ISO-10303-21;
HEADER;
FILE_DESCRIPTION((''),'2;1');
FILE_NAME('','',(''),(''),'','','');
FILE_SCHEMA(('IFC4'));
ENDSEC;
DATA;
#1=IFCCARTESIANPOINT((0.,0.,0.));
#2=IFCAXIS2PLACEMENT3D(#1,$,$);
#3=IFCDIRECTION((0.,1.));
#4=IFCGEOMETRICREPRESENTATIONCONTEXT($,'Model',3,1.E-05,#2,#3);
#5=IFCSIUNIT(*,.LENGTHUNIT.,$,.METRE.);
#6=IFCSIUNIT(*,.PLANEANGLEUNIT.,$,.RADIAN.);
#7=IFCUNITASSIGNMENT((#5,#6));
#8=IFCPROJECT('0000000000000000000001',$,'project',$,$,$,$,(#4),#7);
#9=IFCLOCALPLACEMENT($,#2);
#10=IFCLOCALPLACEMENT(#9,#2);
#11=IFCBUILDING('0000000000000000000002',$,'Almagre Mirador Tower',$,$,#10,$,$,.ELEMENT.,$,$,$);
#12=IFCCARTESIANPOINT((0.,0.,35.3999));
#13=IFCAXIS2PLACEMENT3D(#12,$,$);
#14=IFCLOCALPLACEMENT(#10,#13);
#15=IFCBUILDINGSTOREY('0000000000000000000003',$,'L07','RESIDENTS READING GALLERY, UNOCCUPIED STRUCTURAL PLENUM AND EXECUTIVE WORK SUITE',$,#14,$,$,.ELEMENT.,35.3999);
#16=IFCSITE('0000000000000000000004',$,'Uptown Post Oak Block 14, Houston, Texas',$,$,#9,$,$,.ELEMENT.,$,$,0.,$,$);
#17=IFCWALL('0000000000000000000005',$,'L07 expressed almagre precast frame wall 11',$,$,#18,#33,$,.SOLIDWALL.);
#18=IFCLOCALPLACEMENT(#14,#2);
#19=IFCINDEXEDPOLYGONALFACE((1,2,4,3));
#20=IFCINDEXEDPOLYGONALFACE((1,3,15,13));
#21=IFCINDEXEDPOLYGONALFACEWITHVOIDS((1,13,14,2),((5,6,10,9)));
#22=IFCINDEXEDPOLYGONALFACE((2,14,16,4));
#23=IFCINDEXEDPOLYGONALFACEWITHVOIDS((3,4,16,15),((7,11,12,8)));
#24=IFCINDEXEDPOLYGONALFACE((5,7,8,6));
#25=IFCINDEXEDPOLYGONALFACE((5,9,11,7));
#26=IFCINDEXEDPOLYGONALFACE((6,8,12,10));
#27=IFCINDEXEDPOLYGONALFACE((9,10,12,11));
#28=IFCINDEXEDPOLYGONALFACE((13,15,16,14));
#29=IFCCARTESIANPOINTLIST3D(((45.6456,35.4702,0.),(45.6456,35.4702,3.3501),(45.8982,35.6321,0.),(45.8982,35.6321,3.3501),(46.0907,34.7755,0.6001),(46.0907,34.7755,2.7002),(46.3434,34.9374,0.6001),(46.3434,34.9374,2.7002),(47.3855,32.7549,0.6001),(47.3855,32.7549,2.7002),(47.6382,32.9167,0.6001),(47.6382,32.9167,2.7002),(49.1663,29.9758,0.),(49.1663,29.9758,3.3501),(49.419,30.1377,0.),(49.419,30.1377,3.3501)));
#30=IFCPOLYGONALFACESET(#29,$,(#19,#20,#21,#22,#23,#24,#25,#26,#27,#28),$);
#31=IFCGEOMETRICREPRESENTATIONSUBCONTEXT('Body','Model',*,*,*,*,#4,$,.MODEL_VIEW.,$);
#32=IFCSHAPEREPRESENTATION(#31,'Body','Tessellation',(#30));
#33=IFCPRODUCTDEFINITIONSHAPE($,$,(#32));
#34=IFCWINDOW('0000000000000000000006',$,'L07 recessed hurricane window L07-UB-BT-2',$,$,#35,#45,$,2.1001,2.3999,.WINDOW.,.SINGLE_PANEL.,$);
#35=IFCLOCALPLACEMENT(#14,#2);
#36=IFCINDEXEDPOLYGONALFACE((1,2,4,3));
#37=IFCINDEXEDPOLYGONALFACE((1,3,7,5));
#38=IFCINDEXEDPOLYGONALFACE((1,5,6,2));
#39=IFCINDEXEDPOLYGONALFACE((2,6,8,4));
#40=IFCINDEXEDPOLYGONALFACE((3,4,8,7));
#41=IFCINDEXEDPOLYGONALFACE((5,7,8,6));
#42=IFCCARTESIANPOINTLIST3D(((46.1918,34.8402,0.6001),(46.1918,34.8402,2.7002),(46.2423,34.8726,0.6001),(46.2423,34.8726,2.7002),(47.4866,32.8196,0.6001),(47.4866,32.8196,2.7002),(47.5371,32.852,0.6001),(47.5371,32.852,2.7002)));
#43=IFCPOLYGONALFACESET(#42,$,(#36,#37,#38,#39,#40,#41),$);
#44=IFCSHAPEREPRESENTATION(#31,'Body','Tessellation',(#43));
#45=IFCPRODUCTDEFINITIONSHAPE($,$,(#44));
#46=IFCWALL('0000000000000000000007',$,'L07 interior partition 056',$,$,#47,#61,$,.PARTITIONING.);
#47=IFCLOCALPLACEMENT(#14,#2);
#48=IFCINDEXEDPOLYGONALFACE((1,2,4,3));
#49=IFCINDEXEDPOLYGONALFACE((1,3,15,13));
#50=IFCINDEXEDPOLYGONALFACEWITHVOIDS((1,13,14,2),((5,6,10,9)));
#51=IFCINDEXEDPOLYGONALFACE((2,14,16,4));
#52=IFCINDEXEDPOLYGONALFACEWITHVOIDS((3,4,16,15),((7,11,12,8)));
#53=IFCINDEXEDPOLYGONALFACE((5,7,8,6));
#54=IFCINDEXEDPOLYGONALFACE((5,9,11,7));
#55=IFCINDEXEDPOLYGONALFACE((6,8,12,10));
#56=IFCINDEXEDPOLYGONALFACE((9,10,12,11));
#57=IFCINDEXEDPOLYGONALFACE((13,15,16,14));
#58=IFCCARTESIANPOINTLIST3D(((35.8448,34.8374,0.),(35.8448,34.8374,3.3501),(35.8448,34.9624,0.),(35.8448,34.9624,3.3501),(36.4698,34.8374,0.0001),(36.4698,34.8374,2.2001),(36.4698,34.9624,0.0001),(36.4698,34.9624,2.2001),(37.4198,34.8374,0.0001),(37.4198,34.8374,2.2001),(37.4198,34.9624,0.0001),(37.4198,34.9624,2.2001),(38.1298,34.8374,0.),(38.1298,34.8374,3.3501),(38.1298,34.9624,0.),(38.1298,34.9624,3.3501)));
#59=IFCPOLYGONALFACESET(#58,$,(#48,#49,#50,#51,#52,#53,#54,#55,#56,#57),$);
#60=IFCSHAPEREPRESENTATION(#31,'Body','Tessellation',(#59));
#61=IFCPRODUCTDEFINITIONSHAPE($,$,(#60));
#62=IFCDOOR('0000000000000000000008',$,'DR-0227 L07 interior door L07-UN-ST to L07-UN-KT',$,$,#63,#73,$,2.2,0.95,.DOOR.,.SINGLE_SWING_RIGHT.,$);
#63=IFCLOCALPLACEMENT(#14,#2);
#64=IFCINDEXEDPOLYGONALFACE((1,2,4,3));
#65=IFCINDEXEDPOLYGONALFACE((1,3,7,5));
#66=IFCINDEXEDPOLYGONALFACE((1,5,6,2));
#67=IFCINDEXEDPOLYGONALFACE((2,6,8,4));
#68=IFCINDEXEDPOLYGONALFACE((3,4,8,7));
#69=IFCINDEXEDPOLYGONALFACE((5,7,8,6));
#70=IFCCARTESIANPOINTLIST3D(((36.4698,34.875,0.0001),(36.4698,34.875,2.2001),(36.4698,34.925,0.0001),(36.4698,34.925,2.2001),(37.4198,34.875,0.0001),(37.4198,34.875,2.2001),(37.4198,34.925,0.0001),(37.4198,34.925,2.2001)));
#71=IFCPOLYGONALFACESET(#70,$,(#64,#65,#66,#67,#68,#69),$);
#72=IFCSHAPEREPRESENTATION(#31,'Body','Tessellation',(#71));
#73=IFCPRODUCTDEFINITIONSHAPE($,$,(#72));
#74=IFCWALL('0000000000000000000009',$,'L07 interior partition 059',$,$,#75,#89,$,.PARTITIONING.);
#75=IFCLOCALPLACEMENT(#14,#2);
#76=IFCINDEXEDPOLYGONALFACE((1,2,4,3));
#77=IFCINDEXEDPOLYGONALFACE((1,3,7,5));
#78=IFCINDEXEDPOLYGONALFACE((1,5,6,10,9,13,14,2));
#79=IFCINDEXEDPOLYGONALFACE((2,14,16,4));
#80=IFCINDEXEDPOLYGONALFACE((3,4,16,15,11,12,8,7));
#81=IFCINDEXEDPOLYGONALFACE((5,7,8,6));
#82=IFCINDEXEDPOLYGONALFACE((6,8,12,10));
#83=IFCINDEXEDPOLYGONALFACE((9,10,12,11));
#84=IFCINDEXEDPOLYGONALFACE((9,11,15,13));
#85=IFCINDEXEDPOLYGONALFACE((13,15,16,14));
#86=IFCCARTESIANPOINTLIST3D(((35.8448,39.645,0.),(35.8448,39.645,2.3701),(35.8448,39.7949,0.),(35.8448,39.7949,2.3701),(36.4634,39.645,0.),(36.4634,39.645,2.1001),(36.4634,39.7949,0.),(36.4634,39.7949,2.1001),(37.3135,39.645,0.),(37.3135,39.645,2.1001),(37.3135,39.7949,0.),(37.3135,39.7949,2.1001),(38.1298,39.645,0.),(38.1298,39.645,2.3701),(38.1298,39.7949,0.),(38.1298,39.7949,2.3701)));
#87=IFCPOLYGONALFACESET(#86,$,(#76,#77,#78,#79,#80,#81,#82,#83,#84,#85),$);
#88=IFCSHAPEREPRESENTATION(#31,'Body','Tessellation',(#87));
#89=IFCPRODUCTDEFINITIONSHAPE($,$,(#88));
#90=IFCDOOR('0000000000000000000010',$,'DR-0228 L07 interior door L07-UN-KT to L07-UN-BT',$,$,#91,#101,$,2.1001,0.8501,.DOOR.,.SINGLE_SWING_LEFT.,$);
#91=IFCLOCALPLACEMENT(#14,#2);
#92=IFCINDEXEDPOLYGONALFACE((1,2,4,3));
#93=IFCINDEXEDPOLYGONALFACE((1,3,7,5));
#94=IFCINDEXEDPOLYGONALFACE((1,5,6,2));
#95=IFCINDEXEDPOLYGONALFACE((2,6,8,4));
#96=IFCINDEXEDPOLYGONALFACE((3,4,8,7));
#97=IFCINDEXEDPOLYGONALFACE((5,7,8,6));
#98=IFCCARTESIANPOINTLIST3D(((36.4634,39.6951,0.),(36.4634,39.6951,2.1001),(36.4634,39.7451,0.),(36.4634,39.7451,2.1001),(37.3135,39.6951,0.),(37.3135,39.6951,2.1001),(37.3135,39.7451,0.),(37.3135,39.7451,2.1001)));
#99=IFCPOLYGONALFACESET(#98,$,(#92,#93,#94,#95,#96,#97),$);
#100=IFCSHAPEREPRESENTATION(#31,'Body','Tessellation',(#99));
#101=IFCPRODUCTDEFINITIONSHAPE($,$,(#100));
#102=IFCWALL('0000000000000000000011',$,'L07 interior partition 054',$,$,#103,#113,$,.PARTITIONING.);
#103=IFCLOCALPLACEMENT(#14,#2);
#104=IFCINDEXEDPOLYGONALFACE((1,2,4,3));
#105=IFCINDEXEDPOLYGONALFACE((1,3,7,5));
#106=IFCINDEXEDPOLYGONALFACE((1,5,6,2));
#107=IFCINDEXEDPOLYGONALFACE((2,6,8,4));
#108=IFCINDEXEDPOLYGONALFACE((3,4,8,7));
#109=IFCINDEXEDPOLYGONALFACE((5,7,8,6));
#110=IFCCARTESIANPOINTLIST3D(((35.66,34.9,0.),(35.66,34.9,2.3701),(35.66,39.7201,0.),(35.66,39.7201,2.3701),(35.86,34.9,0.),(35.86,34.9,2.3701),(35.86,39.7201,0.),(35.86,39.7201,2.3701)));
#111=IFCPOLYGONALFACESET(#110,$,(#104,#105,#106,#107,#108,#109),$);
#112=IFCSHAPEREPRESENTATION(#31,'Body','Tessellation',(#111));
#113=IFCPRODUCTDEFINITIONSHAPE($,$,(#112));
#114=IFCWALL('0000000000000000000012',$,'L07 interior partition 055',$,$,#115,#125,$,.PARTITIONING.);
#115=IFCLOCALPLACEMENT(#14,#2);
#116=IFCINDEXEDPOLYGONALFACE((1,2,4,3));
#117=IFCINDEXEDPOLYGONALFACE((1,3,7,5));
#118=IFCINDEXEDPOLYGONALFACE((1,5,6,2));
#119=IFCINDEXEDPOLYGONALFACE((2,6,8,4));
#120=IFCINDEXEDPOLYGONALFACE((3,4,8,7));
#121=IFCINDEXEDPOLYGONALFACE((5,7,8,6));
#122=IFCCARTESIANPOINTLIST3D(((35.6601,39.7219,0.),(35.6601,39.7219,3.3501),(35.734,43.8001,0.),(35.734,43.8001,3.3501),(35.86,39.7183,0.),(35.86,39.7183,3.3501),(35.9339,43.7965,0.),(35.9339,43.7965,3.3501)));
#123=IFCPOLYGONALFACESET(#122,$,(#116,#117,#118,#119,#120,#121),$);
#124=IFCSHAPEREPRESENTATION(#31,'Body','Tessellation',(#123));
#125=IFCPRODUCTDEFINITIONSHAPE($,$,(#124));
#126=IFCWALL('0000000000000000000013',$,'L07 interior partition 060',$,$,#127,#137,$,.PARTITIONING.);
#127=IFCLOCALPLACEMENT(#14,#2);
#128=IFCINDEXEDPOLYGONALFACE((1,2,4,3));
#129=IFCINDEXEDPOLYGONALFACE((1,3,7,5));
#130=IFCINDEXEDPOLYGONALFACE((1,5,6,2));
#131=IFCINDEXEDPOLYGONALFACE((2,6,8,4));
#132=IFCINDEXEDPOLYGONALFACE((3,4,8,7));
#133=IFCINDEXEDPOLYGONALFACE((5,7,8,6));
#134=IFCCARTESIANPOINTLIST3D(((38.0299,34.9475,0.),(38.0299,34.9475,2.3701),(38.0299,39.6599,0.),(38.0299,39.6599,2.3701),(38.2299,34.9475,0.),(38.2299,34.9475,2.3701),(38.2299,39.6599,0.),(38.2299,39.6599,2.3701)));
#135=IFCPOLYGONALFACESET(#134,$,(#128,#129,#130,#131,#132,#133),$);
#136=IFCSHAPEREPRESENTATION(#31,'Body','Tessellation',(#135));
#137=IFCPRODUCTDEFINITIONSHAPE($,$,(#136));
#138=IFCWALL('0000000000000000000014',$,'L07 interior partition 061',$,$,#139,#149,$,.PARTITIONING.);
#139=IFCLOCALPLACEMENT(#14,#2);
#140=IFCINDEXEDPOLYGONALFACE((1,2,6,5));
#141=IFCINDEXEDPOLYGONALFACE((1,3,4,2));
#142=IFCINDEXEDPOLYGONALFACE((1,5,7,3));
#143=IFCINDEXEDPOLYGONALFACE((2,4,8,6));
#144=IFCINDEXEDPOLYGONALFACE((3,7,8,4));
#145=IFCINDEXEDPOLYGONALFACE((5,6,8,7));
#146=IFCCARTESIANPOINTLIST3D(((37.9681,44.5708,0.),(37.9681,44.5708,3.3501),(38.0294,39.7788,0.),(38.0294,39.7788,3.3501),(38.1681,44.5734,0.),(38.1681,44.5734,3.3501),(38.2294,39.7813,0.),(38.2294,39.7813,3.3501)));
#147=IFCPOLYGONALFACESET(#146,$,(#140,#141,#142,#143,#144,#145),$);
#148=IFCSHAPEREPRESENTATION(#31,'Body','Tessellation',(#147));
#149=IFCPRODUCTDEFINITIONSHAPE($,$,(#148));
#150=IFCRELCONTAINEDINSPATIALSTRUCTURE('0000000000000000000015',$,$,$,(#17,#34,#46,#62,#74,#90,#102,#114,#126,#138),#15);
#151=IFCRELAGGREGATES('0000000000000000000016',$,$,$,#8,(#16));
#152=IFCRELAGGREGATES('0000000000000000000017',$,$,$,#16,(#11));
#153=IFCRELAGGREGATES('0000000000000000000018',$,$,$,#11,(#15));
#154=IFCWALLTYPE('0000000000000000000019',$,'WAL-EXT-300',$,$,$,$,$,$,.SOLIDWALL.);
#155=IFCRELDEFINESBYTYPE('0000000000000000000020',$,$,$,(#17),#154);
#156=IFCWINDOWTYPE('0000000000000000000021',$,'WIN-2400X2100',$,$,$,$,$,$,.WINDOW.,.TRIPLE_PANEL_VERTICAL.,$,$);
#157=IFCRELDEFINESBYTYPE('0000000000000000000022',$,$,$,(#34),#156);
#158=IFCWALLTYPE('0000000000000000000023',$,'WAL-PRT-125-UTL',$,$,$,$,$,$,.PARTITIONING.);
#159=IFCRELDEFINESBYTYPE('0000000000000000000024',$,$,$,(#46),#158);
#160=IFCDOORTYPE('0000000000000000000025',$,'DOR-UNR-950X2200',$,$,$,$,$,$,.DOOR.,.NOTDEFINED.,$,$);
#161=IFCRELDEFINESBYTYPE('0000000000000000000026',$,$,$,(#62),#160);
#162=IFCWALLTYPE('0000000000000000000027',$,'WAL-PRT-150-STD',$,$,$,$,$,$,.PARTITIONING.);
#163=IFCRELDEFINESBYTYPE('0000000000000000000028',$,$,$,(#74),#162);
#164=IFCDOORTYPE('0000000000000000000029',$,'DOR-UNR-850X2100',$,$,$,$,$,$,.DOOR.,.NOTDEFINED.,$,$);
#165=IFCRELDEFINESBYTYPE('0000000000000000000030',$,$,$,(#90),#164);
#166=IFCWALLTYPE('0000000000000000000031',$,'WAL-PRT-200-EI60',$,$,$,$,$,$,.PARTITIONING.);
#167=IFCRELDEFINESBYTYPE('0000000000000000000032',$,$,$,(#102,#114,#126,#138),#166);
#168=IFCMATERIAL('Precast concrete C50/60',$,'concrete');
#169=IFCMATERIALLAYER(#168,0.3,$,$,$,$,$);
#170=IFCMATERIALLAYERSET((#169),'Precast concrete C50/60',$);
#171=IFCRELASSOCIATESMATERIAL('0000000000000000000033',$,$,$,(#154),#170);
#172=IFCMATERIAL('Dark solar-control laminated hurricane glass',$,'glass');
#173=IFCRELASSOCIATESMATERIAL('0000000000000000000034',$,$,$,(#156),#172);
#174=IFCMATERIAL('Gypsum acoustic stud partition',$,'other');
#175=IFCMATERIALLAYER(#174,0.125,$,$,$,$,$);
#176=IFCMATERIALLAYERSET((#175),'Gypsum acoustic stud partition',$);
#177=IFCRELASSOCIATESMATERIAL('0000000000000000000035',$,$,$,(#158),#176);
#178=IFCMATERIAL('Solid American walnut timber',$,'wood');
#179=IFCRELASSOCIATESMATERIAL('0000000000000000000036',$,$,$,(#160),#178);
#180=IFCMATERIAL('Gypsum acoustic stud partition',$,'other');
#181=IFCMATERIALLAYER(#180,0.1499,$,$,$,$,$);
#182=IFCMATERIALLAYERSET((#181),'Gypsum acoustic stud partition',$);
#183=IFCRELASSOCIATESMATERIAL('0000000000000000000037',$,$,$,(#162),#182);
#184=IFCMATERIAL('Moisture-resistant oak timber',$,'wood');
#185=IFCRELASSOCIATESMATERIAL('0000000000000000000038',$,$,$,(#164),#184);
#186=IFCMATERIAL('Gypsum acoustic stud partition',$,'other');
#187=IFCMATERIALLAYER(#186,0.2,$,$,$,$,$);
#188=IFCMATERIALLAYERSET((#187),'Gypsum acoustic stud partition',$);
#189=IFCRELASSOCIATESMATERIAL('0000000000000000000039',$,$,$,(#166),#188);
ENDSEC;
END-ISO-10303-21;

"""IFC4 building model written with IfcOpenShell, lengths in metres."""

from ifc_helpers import new_model, si_unit, direction, frame, frame_2d, origin, place, context, subcontext, project, spatial, rectangle, extrude, material, layer, layer_set, type_object, element, fill, save


model = new_model("IFC4")

# Units and contexts
model_context = context("Model", 3, precision=1e-05, world=origin(), true_north=direction((0.0, 1.0)))
body_context = subcontext(model_context, "Body", "Model", "MODEL_VIEW")
ifc_project = project(units=[si_unit("LENGTHUNIT", "METRE"), si_unit("PLANEANGLEUNIT", "RADIAN")], contexts=[model_context])

# Site, building, storey
site_placement = place(None, origin())
site = spatial("IfcSite", under=ifc_project, at=site_placement, Name="Uptown Post Oak Block 14, Houston, Texas", CompositionType="ELEMENT", RefElevation=0.0)
building_placement = place(site_placement, origin())
building = spatial("IfcBuilding", under=site, at=building_placement, Name="Almagre Mirador Tower", CompositionType="ELEMENT")
storey_placement = place(building_placement, frame((0.0, 0.0, 35.3999)))
storey = spatial("IfcBuildingStorey", under=building, at=storey_placement, Name="L07", Description="RESIDENTS READING GALLERY, UNOCCUPIED STRUCTURAL PLENUM AND EXECUTIVE WORK SUITE", CompositionType="ELEMENT", Elevation=35.3999)

# Shared definitions
ifc_material_1 = material(Name="Precast concrete C50/60", Category="concrete")
ifc_layer_1 = layer(ifc_material_1, 0.3)
ifc_layer_set_1 = layer_set([ifc_layer_1], Name="Precast concrete C50/60")
wall_type_1 = type_object("IfcWallType", Name="WAL-EXT-300", PredefinedType="SOLIDWALL", material=ifc_layer_set_1)

# Wall, opening, window
wall_1_placement = place(storey_placement, frame((45.772, 35.551, 0.0), z_axis=(0.0, 0.0, 1.0), x_axis=(0.539526, -0.841969, 0.0)))
wall_1 = element("IfcWall", 1, at=wall_1_placement, inside=storey, type_object=wall_type_1, Name="L07 expressed almagre precast frame wall 11", PredefinedType="SOLIDWALL", context=body_context, shape_type="SweptSolid", body=[
    extrude(rectangle(XDim=6.5256, YDim=0.3, at=frame_2d((3.2627, 0.0))), origin(), (0.0, 0.0, 1.0), 3.3501),
])
opening_1_placement = place(wall_1_placement, frame((0.825, 0.0, 0.6001)))
opening_1 = element("IfcOpeningElement", 2, at=opening_1_placement, cuts=wall_1, PredefinedType="OPENING", context=body_context, shape_type="SweptSolid", body=[
    extrude(rectangle(XDim=2.3999, YDim=2.1001, at=frame_2d((1.2, 1.05))), frame((0.0, 0.1599, 0.0), z_axis=(0.0, -1.0, 0.0), x_axis=(1.0, 0.0, 0.0)), (0.0, 0.0, 1.0), 0.32),
])
ifc_material_2 = material(Name="Dark solar-control laminated hurricane glass", Category="glass")
window_type_1 = type_object("IfcWindowType", Name="WIN-2400X2100", PartitioningType="TRIPLE_PANEL_VERTICAL", PredefinedType="WINDOW", material=ifc_material_2)
window_1_placement = place(opening_1_placement, origin())
window_1 = element("IfcWindow", 3, at=window_1_placement, inside=storey, type_object=window_type_1, Name="L07 recessed hurricane window L07-UB-BT-2", OverallHeight=2.1001, OverallWidth=2.3999, PartitioningType="SINGLE_PANEL", PredefinedType="WINDOW", context=body_context, shape_type="SweptSolid", body=[
    extrude(rectangle(XDim=2.3999, YDim=2.1001, at=frame_2d((1.2, 1.05))), frame((0.0, 0.03, 0.0), z_axis=(0.0, -1.0, 0.0), x_axis=(1.0, 0.0, 0.0)), (0.0, 0.0, 1.0), 0.0601),
])
fill(opening_1, window_1)

# Walls, openings, doors
ifc_material_3 = material(Name="Gypsum acoustic stud partition", Category="other")
ifc_layer_2 = layer(ifc_material_3, 0.125)
ifc_layer_set_2 = layer_set([ifc_layer_2], Name="Gypsum acoustic stud partition")
wall_type_2 = type_object("IfcWallType", Name="WAL-PRT-125-UTL", PredefinedType="PARTITIONING", material=ifc_layer_set_2)
wall_2_placement = place(storey_placement, frame((38.1299, 34.8999, 0.0), z_axis=(0.0, 0.0, 1.0), x_axis=(-1.0, 0.0, 0.0)))
wall_2 = element("IfcWall", 4, at=wall_2_placement, inside=storey, type_object=wall_type_2, Name="L07 interior partition 056", PredefinedType="PARTITIONING", context=body_context, shape_type="SweptSolid", body=[
    extrude(rectangle(XDim=2.2849, YDim=0.125, at=frame_2d((1.1426, 0.0))), origin(), (0.0, 0.0, 1.0), 3.3501),
])
opening_2_placement = place(wall_2_placement, frame((0.71, 0.0, 0.0)))
opening_2 = element("IfcOpeningElement", 5, at=opening_2_placement, cuts=wall_2, PredefinedType="OPENING", context=body_context, shape_type="SweptSolid", body=[
    extrude(rectangle(XDim=0.95, YDim=2.2, at=frame_2d((0.4751, 1.1001))), frame((0.0, 0.0725, 0.0), z_axis=(0.0, -1.0, 0.0), x_axis=(1.0, 0.0, 0.0)), (0.0, 0.0, 1.0), 0.145),
])
ifc_material_4 = material(Name="Solid American walnut timber", Category="wood")
door_type_1 = type_object("IfcDoorType", Name="DOR-UNR-950X2200", OperationType="NOTDEFINED", PredefinedType="DOOR", material=ifc_material_4)
door_1_placement = place(opening_2_placement, origin())
door_1 = element("IfcDoor", 6, at=door_1_placement, inside=storey, type_object=door_type_1, Name="DR-0227 L07 interior door L07-UN-ST to L07-UN-KT", OperationType="SINGLE_SWING_RIGHT", OverallHeight=2.2, OverallWidth=0.95, PredefinedType="DOOR", context=body_context, shape_type="SweptSolid", body=[
    extrude(rectangle(XDim=0.95, YDim=2.2, at=frame_2d((0.4751, 1.1001))), frame((0.0, 0.0249, 0.0), z_axis=(0.0, -1.0, 0.0), x_axis=(1.0, 0.0, 0.0)), (0.0, 0.0, 1.0), 0.05),
])
fill(opening_2, door_1)
ifc_material_5 = material(Name="Gypsum acoustic stud partition", Category="other")
ifc_layer_3 = layer(ifc_material_5, 0.1499)
ifc_layer_set_3 = layer_set([ifc_layer_3], Name="Gypsum acoustic stud partition")
wall_type_3 = type_object("IfcWallType", Name="WAL-PRT-150-STD", PredefinedType="PARTITIONING", material=ifc_layer_set_3)
wall_3_placement = place(storey_placement, frame((38.1299, 39.72, 0.0), z_axis=(0.0, 0.0, 1.0), x_axis=(-1.0, 0.0, 0.0)))
wall_3 = element("IfcWall", 7, at=wall_3_placement, inside=storey, type_object=wall_type_3, Name="L07 interior partition 059", PredefinedType="PARTITIONING", context=body_context, shape_type="SweptSolid", body=[
    extrude(rectangle(XDim=2.2849, YDim=0.1499, at=frame_2d((1.1426, 0.0))), origin(), (0.0, 0.0, 1.0), 2.3701),
])
opening_3_placement = place(wall_3_placement, frame((0.8164, 0.0, 0.0)))
opening_3 = element("IfcOpeningElement", 8, at=opening_3_placement, cuts=wall_3, PredefinedType="OPENING", context=body_context, shape_type="SweptSolid", body=[
    extrude(rectangle(XDim=0.8501, YDim=2.1001, at=frame_2d((0.425, 1.05))), frame((0.0, 0.085, 0.0), z_axis=(0.0, -1.0, 0.0), x_axis=(1.0, 0.0, 0.0)), (0.0, 0.0, 1.0), 0.1699),
])
ifc_material_6 = material(Name="Moisture-resistant oak timber", Category="wood")
door_type_2 = type_object("IfcDoorType", Name="DOR-UNR-850X2100", OperationType="NOTDEFINED", PredefinedType="DOOR", material=ifc_material_6)
door_2_placement = place(opening_3_placement, origin())
door_2 = element("IfcDoor", 9, at=door_2_placement, inside=storey, type_object=door_type_2, Name="DR-0228 L07 interior door L07-UN-KT to L07-UN-BT", OperationType="SINGLE_SWING_LEFT", OverallHeight=2.1001, OverallWidth=0.8501, PredefinedType="DOOR", context=body_context, shape_type="SweptSolid", body=[
    extrude(rectangle(XDim=0.8501, YDim=2.1001, at=frame_2d((0.425, 1.05))), frame((0.0, 0.0249, 0.0), z_axis=(0.0, -1.0, 0.0), x_axis=(1.0, 0.0, 0.0)), (0.0, 0.0, 1.0), 0.05),
])
fill(opening_3, door_2)

# Walls
ifc_material_7 = material(Name="Gypsum acoustic stud partition", Category="other")
ifc_layer_4 = layer(ifc_material_7, 0.2)
ifc_layer_set_4 = layer_set([ifc_layer_4], Name="Gypsum acoustic stud partition")
wall_type_4 = type_object("IfcWallType", Name="WAL-PRT-200-EI60", PredefinedType="PARTITIONING", material=ifc_layer_set_4)
wall_4_placement = place(storey_placement, frame((35.76, 34.8999, 0.0), z_axis=(0.0, 0.0, 1.0), x_axis=(0.0, 1.0, 0.0)))
element("IfcWall", 10, at=wall_4_placement, inside=storey, type_object=wall_type_4, Name="L07 interior partition 054", PredefinedType="PARTITIONING", context=body_context, shape_type="SweptSolid", body=[
    extrude(rectangle(XDim=4.8201, YDim=0.2, at=frame_2d((2.4102, 0.0))), origin(), (0.0, 0.0, 1.0), 2.3701),
])
wall_5_placement = place(storey_placement, frame((35.76, 39.72, 0.0), z_axis=(0.0, 0.0, 1.0), x_axis=(0.018136, 0.999836, 0.0)))
element("IfcWall", 11, at=wall_5_placement, inside=storey, type_object=wall_type_4, Name="L07 interior partition 055", PredefinedType="PARTITIONING", context=body_context, shape_type="SweptSolid", body=[
    extrude(rectangle(XDim=4.0789, YDim=0.2, at=frame_2d((2.0396, 0.0))), origin(), (0.0, 0.0, 1.0), 3.3501),
])
wall_6_placement = place(storey_placement, frame((38.1299, 34.9475, 0.0), z_axis=(0.0, 0.0, 1.0), x_axis=(0.0, 1.0, 0.0)))
element("IfcWall", 12, at=wall_6_placement, inside=storey, type_object=wall_type_4, Name="L07 interior partition 060", PredefinedType="PARTITIONING", context=body_context, shape_type="SweptSolid", body=[
    extrude(rectangle(XDim=4.7124, YDim=0.2, at=frame_2d((2.3562, 0.0))), origin(), (0.0, 0.0, 1.0), 2.3701),
])
wall_7_placement = place(storey_placement, frame((38.1294, 39.78, 0.0), z_axis=(0.0, 0.0, 1.0), x_axis=(-0.012787, 0.999918, 0.0)))
element("IfcWall", 13, at=wall_7_placement, inside=storey, type_object=wall_type_4, Name="L07 interior partition 061", PredefinedType="PARTITIONING", context=body_context, shape_type="SweptSolid", body=[
    extrude(rectangle(XDim=4.7925, YDim=0.2, at=frame_2d((2.3962, 0.0))), origin(), (0.0, 0.0, 1.0), 3.3501),
])

save(model, "model.ifc")
